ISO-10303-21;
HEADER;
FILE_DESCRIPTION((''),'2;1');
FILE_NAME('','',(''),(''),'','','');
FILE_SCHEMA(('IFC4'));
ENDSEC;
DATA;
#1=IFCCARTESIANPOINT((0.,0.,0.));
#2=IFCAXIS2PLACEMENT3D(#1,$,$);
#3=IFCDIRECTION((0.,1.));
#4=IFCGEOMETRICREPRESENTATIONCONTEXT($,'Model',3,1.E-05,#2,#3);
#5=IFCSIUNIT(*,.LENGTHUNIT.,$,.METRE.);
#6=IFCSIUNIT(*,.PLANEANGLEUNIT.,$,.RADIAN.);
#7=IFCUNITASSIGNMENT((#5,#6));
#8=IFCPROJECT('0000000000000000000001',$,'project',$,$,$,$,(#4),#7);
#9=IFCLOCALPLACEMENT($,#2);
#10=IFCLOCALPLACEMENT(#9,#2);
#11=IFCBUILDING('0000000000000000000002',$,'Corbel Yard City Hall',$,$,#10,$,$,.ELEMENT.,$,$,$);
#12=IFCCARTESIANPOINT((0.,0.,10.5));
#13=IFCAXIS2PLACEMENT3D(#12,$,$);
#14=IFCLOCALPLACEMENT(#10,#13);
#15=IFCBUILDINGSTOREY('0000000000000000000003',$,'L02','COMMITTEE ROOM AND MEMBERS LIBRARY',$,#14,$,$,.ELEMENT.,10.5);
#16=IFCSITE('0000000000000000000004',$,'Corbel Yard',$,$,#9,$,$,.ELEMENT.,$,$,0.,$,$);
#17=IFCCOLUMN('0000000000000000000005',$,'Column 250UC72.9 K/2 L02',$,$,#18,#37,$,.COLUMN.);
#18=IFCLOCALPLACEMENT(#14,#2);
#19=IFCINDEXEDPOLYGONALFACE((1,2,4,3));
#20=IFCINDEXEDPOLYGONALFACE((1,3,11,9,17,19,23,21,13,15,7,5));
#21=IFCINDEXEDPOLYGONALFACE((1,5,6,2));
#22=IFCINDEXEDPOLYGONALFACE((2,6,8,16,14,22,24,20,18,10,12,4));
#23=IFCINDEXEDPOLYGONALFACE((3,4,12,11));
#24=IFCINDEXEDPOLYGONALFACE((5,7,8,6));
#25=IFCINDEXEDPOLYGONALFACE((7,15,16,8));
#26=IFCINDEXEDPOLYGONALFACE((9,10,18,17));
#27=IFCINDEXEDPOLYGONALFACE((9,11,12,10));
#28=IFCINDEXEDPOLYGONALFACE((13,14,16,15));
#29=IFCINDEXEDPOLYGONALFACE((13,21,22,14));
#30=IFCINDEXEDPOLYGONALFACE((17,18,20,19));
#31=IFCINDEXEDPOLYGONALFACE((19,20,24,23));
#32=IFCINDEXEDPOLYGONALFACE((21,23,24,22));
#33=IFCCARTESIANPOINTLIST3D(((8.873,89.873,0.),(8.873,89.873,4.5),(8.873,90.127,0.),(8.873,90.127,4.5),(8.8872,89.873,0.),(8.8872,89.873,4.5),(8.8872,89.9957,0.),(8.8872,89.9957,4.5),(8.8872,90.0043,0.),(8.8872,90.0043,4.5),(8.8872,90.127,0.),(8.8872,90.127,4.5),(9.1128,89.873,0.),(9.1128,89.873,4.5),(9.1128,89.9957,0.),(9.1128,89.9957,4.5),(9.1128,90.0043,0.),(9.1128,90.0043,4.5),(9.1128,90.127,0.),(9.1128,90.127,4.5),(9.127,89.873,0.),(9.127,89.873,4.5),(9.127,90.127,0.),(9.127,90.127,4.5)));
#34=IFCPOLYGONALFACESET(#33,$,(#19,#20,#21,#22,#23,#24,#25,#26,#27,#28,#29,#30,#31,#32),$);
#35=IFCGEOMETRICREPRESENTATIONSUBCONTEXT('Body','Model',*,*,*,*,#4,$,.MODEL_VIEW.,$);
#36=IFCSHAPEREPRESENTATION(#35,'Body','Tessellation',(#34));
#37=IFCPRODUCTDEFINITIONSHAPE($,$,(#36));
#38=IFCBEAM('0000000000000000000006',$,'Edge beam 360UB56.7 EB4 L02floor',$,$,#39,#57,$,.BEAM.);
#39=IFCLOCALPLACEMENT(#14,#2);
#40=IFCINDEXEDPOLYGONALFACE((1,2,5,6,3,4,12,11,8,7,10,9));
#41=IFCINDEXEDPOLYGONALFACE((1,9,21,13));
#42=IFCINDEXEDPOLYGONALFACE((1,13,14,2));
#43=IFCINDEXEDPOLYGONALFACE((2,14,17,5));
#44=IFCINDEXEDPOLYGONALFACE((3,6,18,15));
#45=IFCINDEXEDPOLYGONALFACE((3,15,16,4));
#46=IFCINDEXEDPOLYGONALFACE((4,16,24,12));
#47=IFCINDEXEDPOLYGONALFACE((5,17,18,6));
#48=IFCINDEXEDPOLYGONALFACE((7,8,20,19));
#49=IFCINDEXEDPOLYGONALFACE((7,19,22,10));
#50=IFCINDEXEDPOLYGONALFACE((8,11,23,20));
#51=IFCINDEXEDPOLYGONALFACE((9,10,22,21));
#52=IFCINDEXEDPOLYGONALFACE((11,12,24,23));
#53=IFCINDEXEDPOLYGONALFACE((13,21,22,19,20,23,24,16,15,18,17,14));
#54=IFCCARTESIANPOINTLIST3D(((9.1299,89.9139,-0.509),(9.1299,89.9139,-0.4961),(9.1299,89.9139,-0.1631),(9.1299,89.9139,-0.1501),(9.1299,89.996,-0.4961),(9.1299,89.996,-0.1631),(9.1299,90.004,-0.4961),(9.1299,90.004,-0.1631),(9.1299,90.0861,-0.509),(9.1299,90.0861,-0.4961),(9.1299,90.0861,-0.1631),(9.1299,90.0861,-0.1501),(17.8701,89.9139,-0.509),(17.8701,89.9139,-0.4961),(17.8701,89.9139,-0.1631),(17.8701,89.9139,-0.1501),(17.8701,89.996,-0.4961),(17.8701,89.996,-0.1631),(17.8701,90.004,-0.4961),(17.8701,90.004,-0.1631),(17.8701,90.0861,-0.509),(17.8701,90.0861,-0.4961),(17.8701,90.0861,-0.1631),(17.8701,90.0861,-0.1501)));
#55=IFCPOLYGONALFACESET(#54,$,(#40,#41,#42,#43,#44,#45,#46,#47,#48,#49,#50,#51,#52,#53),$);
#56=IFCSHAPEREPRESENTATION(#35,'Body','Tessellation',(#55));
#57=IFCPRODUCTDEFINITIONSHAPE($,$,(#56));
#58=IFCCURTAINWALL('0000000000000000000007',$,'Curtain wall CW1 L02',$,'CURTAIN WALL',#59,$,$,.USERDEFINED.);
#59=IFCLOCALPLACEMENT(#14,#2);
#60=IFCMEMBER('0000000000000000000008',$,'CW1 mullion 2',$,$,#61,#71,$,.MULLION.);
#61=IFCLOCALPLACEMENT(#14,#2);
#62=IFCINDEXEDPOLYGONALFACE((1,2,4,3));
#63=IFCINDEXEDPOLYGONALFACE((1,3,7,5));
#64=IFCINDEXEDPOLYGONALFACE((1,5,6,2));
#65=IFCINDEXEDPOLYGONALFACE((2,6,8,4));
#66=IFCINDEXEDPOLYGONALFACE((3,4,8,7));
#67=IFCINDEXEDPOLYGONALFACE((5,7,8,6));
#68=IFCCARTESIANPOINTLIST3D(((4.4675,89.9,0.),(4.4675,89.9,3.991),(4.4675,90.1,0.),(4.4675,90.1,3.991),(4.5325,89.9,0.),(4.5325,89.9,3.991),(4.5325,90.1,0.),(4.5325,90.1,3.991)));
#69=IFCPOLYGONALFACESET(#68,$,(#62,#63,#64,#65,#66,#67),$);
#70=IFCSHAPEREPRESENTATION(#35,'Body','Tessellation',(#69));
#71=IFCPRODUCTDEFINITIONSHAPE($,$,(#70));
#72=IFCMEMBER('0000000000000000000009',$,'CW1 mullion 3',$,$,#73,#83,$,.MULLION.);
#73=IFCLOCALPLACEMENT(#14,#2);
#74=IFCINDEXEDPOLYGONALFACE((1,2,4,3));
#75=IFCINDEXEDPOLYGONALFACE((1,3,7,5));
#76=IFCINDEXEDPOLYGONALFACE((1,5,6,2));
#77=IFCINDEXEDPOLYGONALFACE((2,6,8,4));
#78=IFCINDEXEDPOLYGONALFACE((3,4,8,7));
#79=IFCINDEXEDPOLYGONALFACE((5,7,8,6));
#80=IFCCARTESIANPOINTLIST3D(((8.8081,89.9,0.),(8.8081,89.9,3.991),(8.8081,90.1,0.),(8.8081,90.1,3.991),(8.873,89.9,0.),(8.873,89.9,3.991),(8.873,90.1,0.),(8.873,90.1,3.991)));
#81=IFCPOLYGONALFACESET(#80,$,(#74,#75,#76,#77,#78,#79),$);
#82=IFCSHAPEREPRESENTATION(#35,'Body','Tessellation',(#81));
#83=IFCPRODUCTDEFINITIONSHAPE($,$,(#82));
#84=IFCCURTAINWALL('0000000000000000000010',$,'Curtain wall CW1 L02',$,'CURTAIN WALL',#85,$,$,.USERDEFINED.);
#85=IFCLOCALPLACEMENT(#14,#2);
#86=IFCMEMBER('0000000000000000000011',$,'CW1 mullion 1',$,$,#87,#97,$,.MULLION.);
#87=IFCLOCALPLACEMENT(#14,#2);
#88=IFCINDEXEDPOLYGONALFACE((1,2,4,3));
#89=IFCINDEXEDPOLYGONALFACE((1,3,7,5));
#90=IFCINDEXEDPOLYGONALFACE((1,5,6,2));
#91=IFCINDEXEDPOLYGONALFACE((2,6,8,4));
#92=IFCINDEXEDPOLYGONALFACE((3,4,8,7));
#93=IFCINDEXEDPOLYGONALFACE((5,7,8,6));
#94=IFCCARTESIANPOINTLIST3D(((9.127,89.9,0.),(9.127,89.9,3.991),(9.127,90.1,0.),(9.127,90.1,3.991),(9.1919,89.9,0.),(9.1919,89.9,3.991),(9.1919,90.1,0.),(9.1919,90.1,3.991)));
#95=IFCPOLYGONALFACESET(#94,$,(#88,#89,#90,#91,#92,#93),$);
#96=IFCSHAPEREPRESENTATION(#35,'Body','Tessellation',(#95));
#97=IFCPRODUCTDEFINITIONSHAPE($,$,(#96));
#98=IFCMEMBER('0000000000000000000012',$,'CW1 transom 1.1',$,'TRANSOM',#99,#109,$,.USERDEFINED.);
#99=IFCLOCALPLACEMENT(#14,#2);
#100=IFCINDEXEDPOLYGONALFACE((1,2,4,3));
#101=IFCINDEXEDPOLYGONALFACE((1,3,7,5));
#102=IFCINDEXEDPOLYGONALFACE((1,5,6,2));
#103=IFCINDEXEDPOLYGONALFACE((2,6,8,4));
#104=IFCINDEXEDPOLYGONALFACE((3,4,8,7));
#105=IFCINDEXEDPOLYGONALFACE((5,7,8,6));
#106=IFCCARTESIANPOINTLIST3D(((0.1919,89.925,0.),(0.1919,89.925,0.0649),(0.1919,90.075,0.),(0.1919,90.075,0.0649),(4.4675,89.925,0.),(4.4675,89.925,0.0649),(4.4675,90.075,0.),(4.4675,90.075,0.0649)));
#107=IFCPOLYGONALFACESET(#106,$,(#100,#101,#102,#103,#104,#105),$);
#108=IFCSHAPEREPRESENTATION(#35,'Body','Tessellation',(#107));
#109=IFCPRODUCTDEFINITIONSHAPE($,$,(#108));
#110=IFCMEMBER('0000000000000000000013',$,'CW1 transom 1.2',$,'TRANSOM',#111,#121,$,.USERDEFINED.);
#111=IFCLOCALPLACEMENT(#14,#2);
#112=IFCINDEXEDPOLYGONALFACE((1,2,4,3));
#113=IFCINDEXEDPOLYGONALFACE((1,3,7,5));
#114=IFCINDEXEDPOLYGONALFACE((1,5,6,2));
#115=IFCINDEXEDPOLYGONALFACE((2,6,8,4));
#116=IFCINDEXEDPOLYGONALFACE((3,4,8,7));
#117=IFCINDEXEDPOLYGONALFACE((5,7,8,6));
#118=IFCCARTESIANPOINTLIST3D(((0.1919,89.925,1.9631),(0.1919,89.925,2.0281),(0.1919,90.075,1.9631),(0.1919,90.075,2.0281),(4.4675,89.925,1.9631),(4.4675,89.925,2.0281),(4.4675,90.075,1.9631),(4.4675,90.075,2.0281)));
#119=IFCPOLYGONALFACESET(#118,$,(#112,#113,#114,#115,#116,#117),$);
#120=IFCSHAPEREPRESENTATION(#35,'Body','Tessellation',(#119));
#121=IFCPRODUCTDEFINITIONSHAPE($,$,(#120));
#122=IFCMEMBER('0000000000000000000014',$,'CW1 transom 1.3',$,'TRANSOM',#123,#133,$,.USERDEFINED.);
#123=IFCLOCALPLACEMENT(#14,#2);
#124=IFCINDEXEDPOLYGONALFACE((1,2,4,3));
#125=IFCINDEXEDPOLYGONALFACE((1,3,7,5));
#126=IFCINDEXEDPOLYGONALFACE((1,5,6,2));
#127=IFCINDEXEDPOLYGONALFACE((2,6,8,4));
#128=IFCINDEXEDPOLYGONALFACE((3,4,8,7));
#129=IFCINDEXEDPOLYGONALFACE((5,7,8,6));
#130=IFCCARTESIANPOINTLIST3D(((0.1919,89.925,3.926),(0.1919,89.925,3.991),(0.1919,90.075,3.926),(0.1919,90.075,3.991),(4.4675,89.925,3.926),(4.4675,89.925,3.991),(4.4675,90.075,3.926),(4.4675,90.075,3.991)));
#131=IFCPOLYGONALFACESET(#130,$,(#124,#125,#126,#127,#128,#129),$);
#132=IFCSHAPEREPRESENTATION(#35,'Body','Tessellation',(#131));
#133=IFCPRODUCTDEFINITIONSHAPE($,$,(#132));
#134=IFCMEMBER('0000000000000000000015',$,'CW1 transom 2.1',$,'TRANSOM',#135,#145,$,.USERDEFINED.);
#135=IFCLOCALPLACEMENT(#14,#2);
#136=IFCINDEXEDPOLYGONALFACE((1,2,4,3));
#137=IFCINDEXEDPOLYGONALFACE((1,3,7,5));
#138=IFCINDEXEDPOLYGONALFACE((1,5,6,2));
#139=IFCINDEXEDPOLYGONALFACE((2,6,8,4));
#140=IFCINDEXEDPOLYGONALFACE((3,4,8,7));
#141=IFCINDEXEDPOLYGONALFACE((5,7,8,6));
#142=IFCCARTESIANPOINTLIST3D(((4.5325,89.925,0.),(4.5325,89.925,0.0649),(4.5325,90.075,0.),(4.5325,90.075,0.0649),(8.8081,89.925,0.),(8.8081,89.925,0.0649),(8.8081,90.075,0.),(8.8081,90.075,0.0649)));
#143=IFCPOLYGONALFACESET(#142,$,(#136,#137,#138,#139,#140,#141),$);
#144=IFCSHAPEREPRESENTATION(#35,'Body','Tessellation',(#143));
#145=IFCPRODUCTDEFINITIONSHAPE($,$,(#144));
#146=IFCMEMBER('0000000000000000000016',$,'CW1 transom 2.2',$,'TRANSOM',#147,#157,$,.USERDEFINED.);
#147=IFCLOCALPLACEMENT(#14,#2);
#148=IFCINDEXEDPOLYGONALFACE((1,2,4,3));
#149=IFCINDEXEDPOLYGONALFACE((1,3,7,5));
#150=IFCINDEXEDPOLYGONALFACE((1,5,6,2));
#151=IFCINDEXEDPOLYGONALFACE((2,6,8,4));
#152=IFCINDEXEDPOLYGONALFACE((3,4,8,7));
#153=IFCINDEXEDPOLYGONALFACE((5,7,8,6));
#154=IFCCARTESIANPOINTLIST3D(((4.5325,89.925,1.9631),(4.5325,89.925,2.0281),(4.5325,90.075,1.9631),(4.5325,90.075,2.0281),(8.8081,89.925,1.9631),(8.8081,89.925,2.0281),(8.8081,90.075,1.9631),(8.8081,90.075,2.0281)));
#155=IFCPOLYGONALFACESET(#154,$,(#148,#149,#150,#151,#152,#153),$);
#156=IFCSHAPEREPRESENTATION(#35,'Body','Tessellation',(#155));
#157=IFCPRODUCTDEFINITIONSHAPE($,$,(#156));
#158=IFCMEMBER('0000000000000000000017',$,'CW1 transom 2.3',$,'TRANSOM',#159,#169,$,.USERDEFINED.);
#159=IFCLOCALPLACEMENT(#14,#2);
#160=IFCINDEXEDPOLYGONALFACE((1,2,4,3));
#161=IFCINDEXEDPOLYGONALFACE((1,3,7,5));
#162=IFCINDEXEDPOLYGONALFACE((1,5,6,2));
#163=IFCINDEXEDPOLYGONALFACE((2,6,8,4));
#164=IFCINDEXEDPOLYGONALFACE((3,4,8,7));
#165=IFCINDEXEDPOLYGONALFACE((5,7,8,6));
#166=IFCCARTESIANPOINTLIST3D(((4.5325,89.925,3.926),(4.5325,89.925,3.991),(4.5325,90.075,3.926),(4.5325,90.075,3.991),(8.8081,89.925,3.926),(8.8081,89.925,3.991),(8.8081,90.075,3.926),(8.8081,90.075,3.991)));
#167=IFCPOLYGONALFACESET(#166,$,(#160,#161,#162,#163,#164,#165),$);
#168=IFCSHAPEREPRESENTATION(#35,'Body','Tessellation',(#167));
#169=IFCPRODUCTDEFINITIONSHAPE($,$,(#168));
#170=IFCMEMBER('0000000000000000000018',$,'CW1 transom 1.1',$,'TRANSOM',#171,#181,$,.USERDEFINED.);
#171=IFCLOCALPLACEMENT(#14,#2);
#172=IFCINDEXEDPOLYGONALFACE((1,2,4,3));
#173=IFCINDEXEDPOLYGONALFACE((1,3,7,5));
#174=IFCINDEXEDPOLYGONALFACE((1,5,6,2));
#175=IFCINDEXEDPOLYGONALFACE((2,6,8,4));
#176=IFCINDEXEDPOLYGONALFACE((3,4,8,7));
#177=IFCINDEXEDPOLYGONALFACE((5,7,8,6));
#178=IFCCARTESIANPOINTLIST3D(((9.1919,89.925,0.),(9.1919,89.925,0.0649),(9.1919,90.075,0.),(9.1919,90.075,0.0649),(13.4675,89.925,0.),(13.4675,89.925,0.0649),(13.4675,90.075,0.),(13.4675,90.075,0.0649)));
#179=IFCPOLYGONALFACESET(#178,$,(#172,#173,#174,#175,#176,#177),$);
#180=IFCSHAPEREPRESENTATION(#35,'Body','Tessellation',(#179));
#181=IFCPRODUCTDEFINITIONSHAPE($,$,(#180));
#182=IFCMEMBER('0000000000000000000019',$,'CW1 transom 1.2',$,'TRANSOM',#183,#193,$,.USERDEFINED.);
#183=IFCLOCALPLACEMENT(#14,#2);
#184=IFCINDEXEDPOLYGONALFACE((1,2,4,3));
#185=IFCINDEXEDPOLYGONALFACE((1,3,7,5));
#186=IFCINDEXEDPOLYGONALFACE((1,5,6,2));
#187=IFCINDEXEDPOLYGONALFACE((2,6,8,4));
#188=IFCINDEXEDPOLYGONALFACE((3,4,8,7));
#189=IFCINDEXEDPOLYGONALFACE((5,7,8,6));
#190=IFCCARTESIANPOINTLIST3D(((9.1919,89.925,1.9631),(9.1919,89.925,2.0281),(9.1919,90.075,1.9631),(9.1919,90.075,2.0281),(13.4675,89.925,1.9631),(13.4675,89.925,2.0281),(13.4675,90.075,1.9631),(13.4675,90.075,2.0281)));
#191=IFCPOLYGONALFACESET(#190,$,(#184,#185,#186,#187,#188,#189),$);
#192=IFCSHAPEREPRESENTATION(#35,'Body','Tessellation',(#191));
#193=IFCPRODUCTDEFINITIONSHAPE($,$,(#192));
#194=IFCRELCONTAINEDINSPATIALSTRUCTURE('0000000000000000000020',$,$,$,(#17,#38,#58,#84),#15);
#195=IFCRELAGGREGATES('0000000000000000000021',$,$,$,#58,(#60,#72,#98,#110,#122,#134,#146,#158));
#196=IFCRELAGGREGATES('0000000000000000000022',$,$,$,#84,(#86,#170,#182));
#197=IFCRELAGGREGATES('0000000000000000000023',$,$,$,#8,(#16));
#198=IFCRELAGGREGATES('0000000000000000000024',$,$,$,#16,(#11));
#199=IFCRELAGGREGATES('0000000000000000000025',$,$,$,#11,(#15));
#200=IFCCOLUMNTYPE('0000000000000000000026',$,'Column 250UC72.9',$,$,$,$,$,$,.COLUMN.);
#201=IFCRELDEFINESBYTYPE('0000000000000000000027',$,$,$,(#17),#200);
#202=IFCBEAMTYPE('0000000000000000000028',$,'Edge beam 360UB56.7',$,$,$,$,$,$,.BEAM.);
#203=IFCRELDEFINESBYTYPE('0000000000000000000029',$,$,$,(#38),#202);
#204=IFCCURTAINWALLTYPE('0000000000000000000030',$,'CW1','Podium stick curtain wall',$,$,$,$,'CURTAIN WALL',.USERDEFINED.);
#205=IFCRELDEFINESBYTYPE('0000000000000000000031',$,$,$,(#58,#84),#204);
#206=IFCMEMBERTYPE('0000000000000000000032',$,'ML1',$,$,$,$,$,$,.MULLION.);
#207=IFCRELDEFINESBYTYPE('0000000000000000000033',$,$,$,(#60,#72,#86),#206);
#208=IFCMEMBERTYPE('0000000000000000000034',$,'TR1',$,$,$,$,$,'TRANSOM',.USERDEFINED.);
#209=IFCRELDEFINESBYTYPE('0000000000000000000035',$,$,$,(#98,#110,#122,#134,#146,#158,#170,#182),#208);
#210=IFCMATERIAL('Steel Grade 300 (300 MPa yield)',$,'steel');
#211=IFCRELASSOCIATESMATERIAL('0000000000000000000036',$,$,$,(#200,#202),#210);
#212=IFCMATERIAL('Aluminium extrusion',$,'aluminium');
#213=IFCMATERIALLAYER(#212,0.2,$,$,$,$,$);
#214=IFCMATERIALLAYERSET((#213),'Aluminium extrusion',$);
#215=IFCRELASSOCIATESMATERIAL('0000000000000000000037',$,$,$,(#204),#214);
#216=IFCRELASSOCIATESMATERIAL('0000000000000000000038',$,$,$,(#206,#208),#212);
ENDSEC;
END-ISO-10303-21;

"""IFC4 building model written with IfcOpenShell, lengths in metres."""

from ifc_helpers import new_model, si_unit, direction, frame, origin, origin_2d, place, context, subcontext, project, spatial, rectangle, i_section, extrude, material, layer, layer_set, material_profile, profile_set, type_object, element, aggregate, save


model = new_model("IFC4")

# Units and contexts
model_context = context("Model", 3, precision=1e-05, world=origin(), true_north=direction((0.0, 1.0)))
body_context = subcontext(model_context, "Body", "Model", "MODEL_VIEW")
ifc_project = project(units=[si_unit("LENGTHUNIT", "METRE"), si_unit("PLANEANGLEUNIT", "RADIAN")], contexts=[model_context])

# Site, building, storey
site_placement = place(None, origin())
site = spatial("IfcSite", under=ifc_project, at=site_placement, Name="Corbel Yard", CompositionType="ELEMENT", RefElevation=0.0)
building_placement = place(site_placement, origin())
building = spatial("IfcBuilding", under=site, at=building_placement, Name="Corbel Yard City Hall", CompositionType="ELEMENT")
storey_placement = place(building_placement, frame((0.0, 0.0, 10.5)))
storey = spatial("IfcBuildingStorey", under=building, at=storey_placement, Name="L02", Description="COMMITTEE ROOM AND MEMBERS LIBRARY", CompositionType="ELEMENT", Elevation=10.5)

# Column
ifc_material_1 = material(Name="Steel Grade 300 (300 MPa yield)", Category="steel")
ifc_material_profile_1 = material_profile(ifc_material_1, i_section(OverallWidth=0.2539, OverallDepth=0.2539, WebThickness=0.0085, FlangeThickness=0.0142, at=origin_2d()), Name="250UC72.9")
ifc_profile_set_1 = profile_set([ifc_material_profile_1], Name="Steel Grade 300 (300 MPa yield)")
column_type = type_object("IfcColumnType", Name="Column 250UC72.9", PredefinedType="COLUMN", material=ifc_profile_set_1)
column_placement = place(storey_placement, frame((9.0, 90.0, 0.0), z_axis=(0.0, 0.0, 1.0), x_axis=(0.0, 1.0, 0.0)))
element("IfcColumn", 1, at=column_placement, inside=storey, type_object=column_type, Name="Column 250UC72.9 K/2 L02", PredefinedType="COLUMN", context=body_context, shape_type="SweptSolid", body=[
    extrude(i_section(OverallWidth=0.2539, OverallDepth=0.2539, WebThickness=0.0085, FlangeThickness=0.0142, at=origin_2d()), origin(), (0.0, 0.0, 1.0), 4.5),
])

# Beam
ifc_material_profile_2 = material_profile(ifc_material_1, i_section(OverallWidth=0.1721, OverallDepth=0.3589, WebThickness=0.0081, FlangeThickness=0.0129, at=origin_2d()), Name="360UB56.7")
ifc_profile_set_2 = profile_set([ifc_material_profile_2], Name="Steel Grade 300 (300 MPa yield)")
beam_type = type_object("IfcBeamType", Name="Edge beam 360UB56.7", PredefinedType="BEAM", material=ifc_profile_set_2)
beam_placement = place(storey_placement, frame((9.1299, 90.0, -0.3296), z_axis=(1.0, 0.0, 0.0), x_axis=(0.0, 1.0, 0.0)))
element("IfcBeam", 2, at=beam_placement, inside=storey, type_object=beam_type, Name="Edge beam 360UB56.7 EB4 L02floor", PredefinedType="BEAM", context=body_context, shape_type="SweptSolid", body=[
    extrude(i_section(OverallWidth=0.1721, OverallDepth=0.3589, WebThickness=0.0081, FlangeThickness=0.0129, at=origin_2d()), origin(), (0.0, 0.0, 1.0), 8.7402),
])

# Curtain wall, members
ifc_material_2 = material(Name="Aluminium extrusion", Category="aluminium")
ifc_layer_1 = layer(ifc_material_2, 0.2)
ifc_layer_set_1 = layer_set([ifc_layer_1], Name="Aluminium extrusion")
curtain_wall_type = type_object("IfcCurtainWallType", Name="CW1", Description="Podium stick curtain wall", ElementType="CURTAIN WALL", PredefinedType="USERDEFINED", material=ifc_layer_set_1)
curtain_wall_1_placement = place(storey_placement, origin())
curtain_wall_1 = element("IfcCurtainWall", 3, at=curtain_wall_1_placement, inside=storey, type_object=curtain_wall_type, Name="Curtain wall CW1 L02", ObjectType="CURTAIN WALL", PredefinedType="USERDEFINED")
ifc_material_profile_3 = material_profile(ifc_material_2, rectangle(XDim=0.2, YDim=0.0649, at=origin_2d()), Name="200x65")
ifc_profile_set_3 = profile_set([ifc_material_profile_3], Name="Aluminium extrusion")
member_type_1 = type_object("IfcMemberType", Name="ML1", PredefinedType="MULLION", material=ifc_profile_set_3)
member_1_placement = place(storey_placement, frame((4.5, 90.0, 0.0), z_axis=(0.0, 0.0, 1.0), x_axis=(0.0, 1.0, 0.0)))
member_1 = element("IfcMember", 4, at=member_1_placement, type_object=member_type_1, Name="CW1 mullion 2", PredefinedType="MULLION", context=body_context, shape_type="SweptSolid", body=[
    extrude(rectangle(XDim=0.2, YDim=0.0649, at=origin_2d()), origin(), (0.0, 0.0, 1.0), 3.991),
])
member_2_placement = place(storey_placement, frame((8.8406, 90.0, 0.0), z_axis=(0.0, 0.0, 1.0), x_axis=(0.0, 1.0, 0.0)))
member_2 = element("IfcMember", 5, at=member_2_placement, type_object=member_type_1, Name="CW1 mullion 3", PredefinedType="MULLION", context=body_context, shape_type="SweptSolid", body=[
    extrude(rectangle(XDim=0.2, YDim=0.0649, at=origin_2d()), origin(), (0.0, 0.0, 1.0), 3.991),
])

# Curtain wall, member
curtain_wall_2_placement = place(storey_placement, origin())
curtain_wall_2 = element("IfcCurtainWall", 6, at=curtain_wall_2_placement, inside=storey, type_object=curtain_wall_type, Name="Curtain wall CW1 L02", ObjectType="CURTAIN WALL", PredefinedType="USERDEFINED")
member_3_placement = place(storey_placement, frame((9.1594, 90.0, 0.0), z_axis=(0.0, 0.0, 1.0), x_axis=(0.0, 1.0, 0.0)))
member_3 = element("IfcMember", 7, at=member_3_placement, type_object=member_type_1, Name="CW1 mullion 1", PredefinedType="MULLION", context=body_context, shape_type="SweptSolid", body=[
    extrude(rectangle(XDim=0.2, YDim=0.0649, at=origin_2d()), origin(), (0.0, 0.0, 1.0), 3.991),
])

# Members
ifc_material_profile_4 = material_profile(ifc_material_2, rectangle(XDim=0.1499, YDim=0.0649, at=origin_2d()), Name="150x65")
ifc_profile_set_4 = profile_set([ifc_material_profile_4], Name="Aluminium extrusion")
member_type_2 = type_object("IfcMemberType", Name="TR1", ElementType="TRANSOM", PredefinedType="USERDEFINED", material=ifc_profile_set_4)
member_4_placement = place(storey_placement, frame((0.1919, 90.0, 0.0325), z_axis=(1.0, 0.0, 0.0), x_axis=(0.0, 1.0, 0.0)))
member_4 = element("IfcMember", 8, at=member_4_placement, type_object=member_type_2, Name="CW1 transom 1.1", ObjectType="TRANSOM", PredefinedType="USERDEFINED", context=body_context, shape_type="SweptSolid", body=[
    extrude(rectangle(XDim=0.1499, YDim=0.0649, at=origin_2d()), origin(), (0.0, 0.0, 1.0), 4.2756),
])
member_5_placement = place(storey_placement, frame((0.1919, 90.0, 1.9956), z_axis=(1.0, 0.0, 0.0), x_axis=(0.0, 1.0, 0.0)))
member_5 = element("IfcMember", 9, at=member_5_placement, type_object=member_type_2, Name="CW1 transom 1.2", ObjectType="TRANSOM", PredefinedType="USERDEFINED", context=body_context, shape_type="SweptSolid", body=[
    extrude(rectangle(XDim=0.1499, YDim=0.0649, at=origin_2d()), origin(), (0.0, 0.0, 1.0), 4.2756),
])
member_6_placement = place(storey_placement, frame((0.1919, 90.0, 3.9585), z_axis=(1.0, 0.0, 0.0), x_axis=(0.0, 1.0, 0.0)))
member_6 = element("IfcMember", 10, at=member_6_placement, type_object=member_type_2, Name="CW1 transom 1.3", ObjectType="TRANSOM", PredefinedType="USERDEFINED", context=body_context, shape_type="SweptSolid", body=[
    extrude(rectangle(XDim=0.1499, YDim=0.0649, at=origin_2d()), origin(), (0.0, 0.0, 1.0), 4.2756),
])
member_7_placement = place(storey_placement, frame((4.5325, 90.0, 0.0325), z_axis=(1.0, 0.0, 0.0), x_axis=(0.0, 1.0, 0.0)))
member_7 = element("IfcMember", 11, at=member_7_placement, type_object=member_type_2, Name="CW1 transom 2.1", ObjectType="TRANSOM", PredefinedType="USERDEFINED", context=body_context, shape_type="SweptSolid", body=[
    extrude(rectangle(XDim=0.1499, YDim=0.0649, at=origin_2d()), origin(), (0.0, 0.0, 1.0), 4.2756),
])
member_8_placement = place(storey_placement, frame((4.5325, 90.0, 1.9956), z_axis=(1.0, 0.0, 0.0), x_axis=(0.0, 1.0, 0.0)))
member_8 = element("IfcMember", 12, at=member_8_placement, type_object=member_type_2, Name="CW1 transom 2.2", ObjectType="TRANSOM", PredefinedType="USERDEFINED", context=body_context, shape_type="SweptSolid", body=[
    extrude(rectangle(XDim=0.1499, YDim=0.0649, at=origin_2d()), origin(), (0.0, 0.0, 1.0), 4.2756),
])
member_9_placement = place(storey_placement, frame((4.5325, 90.0, 3.9585), z_axis=(1.0, 0.0, 0.0), x_axis=(0.0, 1.0, 0.0)))
member_9 = element("IfcMember", 13, at=member_9_placement, type_object=member_type_2, Name="CW1 transom 2.3", ObjectType="TRANSOM", PredefinedType="USERDEFINED", context=body_context, shape_type="SweptSolid", body=[
    extrude(rectangle(XDim=0.1499, YDim=0.0649, at=origin_2d()), origin(), (0.0, 0.0, 1.0), 4.2756),
])
member_10_placement = place(storey_placement, frame((9.1919, 90.0, 0.0325), z_axis=(1.0, 0.0, 0.0), x_axis=(0.0, 1.0, 0.0)))
member_10 = element("IfcMember", 14, at=member_10_placement, type_object=member_type_2, Name="CW1 transom 1.1", ObjectType="TRANSOM", PredefinedType="USERDEFINED", context=body_context, shape_type="SweptSolid", body=[
    extrude(rectangle(XDim=0.1499, YDim=0.0649, at=origin_2d()), origin(), (0.0, 0.0, 1.0), 4.2756),
])
member_11_placement = place(storey_placement, frame((9.1919, 90.0, 1.9956), z_axis=(1.0, 0.0, 0.0), x_axis=(0.0, 1.0, 0.0)))
member_11 = element("IfcMember", 15, at=member_11_placement, type_object=member_type_2, Name="CW1 transom 1.2", ObjectType="TRANSOM", PredefinedType="USERDEFINED", context=body_context, shape_type="SweptSolid", body=[
    extrude(rectangle(XDim=0.1499, YDim=0.0649, at=origin_2d()), origin(), (0.0, 0.0, 1.0), 4.2756),
])

aggregate(curtain_wall_1, [member_1, member_2, member_4, member_5, member_6, member_7, member_8, member_9])
aggregate(curtain_wall_2, [member_3, member_10, member_11])

save(model, "model.ifc")
